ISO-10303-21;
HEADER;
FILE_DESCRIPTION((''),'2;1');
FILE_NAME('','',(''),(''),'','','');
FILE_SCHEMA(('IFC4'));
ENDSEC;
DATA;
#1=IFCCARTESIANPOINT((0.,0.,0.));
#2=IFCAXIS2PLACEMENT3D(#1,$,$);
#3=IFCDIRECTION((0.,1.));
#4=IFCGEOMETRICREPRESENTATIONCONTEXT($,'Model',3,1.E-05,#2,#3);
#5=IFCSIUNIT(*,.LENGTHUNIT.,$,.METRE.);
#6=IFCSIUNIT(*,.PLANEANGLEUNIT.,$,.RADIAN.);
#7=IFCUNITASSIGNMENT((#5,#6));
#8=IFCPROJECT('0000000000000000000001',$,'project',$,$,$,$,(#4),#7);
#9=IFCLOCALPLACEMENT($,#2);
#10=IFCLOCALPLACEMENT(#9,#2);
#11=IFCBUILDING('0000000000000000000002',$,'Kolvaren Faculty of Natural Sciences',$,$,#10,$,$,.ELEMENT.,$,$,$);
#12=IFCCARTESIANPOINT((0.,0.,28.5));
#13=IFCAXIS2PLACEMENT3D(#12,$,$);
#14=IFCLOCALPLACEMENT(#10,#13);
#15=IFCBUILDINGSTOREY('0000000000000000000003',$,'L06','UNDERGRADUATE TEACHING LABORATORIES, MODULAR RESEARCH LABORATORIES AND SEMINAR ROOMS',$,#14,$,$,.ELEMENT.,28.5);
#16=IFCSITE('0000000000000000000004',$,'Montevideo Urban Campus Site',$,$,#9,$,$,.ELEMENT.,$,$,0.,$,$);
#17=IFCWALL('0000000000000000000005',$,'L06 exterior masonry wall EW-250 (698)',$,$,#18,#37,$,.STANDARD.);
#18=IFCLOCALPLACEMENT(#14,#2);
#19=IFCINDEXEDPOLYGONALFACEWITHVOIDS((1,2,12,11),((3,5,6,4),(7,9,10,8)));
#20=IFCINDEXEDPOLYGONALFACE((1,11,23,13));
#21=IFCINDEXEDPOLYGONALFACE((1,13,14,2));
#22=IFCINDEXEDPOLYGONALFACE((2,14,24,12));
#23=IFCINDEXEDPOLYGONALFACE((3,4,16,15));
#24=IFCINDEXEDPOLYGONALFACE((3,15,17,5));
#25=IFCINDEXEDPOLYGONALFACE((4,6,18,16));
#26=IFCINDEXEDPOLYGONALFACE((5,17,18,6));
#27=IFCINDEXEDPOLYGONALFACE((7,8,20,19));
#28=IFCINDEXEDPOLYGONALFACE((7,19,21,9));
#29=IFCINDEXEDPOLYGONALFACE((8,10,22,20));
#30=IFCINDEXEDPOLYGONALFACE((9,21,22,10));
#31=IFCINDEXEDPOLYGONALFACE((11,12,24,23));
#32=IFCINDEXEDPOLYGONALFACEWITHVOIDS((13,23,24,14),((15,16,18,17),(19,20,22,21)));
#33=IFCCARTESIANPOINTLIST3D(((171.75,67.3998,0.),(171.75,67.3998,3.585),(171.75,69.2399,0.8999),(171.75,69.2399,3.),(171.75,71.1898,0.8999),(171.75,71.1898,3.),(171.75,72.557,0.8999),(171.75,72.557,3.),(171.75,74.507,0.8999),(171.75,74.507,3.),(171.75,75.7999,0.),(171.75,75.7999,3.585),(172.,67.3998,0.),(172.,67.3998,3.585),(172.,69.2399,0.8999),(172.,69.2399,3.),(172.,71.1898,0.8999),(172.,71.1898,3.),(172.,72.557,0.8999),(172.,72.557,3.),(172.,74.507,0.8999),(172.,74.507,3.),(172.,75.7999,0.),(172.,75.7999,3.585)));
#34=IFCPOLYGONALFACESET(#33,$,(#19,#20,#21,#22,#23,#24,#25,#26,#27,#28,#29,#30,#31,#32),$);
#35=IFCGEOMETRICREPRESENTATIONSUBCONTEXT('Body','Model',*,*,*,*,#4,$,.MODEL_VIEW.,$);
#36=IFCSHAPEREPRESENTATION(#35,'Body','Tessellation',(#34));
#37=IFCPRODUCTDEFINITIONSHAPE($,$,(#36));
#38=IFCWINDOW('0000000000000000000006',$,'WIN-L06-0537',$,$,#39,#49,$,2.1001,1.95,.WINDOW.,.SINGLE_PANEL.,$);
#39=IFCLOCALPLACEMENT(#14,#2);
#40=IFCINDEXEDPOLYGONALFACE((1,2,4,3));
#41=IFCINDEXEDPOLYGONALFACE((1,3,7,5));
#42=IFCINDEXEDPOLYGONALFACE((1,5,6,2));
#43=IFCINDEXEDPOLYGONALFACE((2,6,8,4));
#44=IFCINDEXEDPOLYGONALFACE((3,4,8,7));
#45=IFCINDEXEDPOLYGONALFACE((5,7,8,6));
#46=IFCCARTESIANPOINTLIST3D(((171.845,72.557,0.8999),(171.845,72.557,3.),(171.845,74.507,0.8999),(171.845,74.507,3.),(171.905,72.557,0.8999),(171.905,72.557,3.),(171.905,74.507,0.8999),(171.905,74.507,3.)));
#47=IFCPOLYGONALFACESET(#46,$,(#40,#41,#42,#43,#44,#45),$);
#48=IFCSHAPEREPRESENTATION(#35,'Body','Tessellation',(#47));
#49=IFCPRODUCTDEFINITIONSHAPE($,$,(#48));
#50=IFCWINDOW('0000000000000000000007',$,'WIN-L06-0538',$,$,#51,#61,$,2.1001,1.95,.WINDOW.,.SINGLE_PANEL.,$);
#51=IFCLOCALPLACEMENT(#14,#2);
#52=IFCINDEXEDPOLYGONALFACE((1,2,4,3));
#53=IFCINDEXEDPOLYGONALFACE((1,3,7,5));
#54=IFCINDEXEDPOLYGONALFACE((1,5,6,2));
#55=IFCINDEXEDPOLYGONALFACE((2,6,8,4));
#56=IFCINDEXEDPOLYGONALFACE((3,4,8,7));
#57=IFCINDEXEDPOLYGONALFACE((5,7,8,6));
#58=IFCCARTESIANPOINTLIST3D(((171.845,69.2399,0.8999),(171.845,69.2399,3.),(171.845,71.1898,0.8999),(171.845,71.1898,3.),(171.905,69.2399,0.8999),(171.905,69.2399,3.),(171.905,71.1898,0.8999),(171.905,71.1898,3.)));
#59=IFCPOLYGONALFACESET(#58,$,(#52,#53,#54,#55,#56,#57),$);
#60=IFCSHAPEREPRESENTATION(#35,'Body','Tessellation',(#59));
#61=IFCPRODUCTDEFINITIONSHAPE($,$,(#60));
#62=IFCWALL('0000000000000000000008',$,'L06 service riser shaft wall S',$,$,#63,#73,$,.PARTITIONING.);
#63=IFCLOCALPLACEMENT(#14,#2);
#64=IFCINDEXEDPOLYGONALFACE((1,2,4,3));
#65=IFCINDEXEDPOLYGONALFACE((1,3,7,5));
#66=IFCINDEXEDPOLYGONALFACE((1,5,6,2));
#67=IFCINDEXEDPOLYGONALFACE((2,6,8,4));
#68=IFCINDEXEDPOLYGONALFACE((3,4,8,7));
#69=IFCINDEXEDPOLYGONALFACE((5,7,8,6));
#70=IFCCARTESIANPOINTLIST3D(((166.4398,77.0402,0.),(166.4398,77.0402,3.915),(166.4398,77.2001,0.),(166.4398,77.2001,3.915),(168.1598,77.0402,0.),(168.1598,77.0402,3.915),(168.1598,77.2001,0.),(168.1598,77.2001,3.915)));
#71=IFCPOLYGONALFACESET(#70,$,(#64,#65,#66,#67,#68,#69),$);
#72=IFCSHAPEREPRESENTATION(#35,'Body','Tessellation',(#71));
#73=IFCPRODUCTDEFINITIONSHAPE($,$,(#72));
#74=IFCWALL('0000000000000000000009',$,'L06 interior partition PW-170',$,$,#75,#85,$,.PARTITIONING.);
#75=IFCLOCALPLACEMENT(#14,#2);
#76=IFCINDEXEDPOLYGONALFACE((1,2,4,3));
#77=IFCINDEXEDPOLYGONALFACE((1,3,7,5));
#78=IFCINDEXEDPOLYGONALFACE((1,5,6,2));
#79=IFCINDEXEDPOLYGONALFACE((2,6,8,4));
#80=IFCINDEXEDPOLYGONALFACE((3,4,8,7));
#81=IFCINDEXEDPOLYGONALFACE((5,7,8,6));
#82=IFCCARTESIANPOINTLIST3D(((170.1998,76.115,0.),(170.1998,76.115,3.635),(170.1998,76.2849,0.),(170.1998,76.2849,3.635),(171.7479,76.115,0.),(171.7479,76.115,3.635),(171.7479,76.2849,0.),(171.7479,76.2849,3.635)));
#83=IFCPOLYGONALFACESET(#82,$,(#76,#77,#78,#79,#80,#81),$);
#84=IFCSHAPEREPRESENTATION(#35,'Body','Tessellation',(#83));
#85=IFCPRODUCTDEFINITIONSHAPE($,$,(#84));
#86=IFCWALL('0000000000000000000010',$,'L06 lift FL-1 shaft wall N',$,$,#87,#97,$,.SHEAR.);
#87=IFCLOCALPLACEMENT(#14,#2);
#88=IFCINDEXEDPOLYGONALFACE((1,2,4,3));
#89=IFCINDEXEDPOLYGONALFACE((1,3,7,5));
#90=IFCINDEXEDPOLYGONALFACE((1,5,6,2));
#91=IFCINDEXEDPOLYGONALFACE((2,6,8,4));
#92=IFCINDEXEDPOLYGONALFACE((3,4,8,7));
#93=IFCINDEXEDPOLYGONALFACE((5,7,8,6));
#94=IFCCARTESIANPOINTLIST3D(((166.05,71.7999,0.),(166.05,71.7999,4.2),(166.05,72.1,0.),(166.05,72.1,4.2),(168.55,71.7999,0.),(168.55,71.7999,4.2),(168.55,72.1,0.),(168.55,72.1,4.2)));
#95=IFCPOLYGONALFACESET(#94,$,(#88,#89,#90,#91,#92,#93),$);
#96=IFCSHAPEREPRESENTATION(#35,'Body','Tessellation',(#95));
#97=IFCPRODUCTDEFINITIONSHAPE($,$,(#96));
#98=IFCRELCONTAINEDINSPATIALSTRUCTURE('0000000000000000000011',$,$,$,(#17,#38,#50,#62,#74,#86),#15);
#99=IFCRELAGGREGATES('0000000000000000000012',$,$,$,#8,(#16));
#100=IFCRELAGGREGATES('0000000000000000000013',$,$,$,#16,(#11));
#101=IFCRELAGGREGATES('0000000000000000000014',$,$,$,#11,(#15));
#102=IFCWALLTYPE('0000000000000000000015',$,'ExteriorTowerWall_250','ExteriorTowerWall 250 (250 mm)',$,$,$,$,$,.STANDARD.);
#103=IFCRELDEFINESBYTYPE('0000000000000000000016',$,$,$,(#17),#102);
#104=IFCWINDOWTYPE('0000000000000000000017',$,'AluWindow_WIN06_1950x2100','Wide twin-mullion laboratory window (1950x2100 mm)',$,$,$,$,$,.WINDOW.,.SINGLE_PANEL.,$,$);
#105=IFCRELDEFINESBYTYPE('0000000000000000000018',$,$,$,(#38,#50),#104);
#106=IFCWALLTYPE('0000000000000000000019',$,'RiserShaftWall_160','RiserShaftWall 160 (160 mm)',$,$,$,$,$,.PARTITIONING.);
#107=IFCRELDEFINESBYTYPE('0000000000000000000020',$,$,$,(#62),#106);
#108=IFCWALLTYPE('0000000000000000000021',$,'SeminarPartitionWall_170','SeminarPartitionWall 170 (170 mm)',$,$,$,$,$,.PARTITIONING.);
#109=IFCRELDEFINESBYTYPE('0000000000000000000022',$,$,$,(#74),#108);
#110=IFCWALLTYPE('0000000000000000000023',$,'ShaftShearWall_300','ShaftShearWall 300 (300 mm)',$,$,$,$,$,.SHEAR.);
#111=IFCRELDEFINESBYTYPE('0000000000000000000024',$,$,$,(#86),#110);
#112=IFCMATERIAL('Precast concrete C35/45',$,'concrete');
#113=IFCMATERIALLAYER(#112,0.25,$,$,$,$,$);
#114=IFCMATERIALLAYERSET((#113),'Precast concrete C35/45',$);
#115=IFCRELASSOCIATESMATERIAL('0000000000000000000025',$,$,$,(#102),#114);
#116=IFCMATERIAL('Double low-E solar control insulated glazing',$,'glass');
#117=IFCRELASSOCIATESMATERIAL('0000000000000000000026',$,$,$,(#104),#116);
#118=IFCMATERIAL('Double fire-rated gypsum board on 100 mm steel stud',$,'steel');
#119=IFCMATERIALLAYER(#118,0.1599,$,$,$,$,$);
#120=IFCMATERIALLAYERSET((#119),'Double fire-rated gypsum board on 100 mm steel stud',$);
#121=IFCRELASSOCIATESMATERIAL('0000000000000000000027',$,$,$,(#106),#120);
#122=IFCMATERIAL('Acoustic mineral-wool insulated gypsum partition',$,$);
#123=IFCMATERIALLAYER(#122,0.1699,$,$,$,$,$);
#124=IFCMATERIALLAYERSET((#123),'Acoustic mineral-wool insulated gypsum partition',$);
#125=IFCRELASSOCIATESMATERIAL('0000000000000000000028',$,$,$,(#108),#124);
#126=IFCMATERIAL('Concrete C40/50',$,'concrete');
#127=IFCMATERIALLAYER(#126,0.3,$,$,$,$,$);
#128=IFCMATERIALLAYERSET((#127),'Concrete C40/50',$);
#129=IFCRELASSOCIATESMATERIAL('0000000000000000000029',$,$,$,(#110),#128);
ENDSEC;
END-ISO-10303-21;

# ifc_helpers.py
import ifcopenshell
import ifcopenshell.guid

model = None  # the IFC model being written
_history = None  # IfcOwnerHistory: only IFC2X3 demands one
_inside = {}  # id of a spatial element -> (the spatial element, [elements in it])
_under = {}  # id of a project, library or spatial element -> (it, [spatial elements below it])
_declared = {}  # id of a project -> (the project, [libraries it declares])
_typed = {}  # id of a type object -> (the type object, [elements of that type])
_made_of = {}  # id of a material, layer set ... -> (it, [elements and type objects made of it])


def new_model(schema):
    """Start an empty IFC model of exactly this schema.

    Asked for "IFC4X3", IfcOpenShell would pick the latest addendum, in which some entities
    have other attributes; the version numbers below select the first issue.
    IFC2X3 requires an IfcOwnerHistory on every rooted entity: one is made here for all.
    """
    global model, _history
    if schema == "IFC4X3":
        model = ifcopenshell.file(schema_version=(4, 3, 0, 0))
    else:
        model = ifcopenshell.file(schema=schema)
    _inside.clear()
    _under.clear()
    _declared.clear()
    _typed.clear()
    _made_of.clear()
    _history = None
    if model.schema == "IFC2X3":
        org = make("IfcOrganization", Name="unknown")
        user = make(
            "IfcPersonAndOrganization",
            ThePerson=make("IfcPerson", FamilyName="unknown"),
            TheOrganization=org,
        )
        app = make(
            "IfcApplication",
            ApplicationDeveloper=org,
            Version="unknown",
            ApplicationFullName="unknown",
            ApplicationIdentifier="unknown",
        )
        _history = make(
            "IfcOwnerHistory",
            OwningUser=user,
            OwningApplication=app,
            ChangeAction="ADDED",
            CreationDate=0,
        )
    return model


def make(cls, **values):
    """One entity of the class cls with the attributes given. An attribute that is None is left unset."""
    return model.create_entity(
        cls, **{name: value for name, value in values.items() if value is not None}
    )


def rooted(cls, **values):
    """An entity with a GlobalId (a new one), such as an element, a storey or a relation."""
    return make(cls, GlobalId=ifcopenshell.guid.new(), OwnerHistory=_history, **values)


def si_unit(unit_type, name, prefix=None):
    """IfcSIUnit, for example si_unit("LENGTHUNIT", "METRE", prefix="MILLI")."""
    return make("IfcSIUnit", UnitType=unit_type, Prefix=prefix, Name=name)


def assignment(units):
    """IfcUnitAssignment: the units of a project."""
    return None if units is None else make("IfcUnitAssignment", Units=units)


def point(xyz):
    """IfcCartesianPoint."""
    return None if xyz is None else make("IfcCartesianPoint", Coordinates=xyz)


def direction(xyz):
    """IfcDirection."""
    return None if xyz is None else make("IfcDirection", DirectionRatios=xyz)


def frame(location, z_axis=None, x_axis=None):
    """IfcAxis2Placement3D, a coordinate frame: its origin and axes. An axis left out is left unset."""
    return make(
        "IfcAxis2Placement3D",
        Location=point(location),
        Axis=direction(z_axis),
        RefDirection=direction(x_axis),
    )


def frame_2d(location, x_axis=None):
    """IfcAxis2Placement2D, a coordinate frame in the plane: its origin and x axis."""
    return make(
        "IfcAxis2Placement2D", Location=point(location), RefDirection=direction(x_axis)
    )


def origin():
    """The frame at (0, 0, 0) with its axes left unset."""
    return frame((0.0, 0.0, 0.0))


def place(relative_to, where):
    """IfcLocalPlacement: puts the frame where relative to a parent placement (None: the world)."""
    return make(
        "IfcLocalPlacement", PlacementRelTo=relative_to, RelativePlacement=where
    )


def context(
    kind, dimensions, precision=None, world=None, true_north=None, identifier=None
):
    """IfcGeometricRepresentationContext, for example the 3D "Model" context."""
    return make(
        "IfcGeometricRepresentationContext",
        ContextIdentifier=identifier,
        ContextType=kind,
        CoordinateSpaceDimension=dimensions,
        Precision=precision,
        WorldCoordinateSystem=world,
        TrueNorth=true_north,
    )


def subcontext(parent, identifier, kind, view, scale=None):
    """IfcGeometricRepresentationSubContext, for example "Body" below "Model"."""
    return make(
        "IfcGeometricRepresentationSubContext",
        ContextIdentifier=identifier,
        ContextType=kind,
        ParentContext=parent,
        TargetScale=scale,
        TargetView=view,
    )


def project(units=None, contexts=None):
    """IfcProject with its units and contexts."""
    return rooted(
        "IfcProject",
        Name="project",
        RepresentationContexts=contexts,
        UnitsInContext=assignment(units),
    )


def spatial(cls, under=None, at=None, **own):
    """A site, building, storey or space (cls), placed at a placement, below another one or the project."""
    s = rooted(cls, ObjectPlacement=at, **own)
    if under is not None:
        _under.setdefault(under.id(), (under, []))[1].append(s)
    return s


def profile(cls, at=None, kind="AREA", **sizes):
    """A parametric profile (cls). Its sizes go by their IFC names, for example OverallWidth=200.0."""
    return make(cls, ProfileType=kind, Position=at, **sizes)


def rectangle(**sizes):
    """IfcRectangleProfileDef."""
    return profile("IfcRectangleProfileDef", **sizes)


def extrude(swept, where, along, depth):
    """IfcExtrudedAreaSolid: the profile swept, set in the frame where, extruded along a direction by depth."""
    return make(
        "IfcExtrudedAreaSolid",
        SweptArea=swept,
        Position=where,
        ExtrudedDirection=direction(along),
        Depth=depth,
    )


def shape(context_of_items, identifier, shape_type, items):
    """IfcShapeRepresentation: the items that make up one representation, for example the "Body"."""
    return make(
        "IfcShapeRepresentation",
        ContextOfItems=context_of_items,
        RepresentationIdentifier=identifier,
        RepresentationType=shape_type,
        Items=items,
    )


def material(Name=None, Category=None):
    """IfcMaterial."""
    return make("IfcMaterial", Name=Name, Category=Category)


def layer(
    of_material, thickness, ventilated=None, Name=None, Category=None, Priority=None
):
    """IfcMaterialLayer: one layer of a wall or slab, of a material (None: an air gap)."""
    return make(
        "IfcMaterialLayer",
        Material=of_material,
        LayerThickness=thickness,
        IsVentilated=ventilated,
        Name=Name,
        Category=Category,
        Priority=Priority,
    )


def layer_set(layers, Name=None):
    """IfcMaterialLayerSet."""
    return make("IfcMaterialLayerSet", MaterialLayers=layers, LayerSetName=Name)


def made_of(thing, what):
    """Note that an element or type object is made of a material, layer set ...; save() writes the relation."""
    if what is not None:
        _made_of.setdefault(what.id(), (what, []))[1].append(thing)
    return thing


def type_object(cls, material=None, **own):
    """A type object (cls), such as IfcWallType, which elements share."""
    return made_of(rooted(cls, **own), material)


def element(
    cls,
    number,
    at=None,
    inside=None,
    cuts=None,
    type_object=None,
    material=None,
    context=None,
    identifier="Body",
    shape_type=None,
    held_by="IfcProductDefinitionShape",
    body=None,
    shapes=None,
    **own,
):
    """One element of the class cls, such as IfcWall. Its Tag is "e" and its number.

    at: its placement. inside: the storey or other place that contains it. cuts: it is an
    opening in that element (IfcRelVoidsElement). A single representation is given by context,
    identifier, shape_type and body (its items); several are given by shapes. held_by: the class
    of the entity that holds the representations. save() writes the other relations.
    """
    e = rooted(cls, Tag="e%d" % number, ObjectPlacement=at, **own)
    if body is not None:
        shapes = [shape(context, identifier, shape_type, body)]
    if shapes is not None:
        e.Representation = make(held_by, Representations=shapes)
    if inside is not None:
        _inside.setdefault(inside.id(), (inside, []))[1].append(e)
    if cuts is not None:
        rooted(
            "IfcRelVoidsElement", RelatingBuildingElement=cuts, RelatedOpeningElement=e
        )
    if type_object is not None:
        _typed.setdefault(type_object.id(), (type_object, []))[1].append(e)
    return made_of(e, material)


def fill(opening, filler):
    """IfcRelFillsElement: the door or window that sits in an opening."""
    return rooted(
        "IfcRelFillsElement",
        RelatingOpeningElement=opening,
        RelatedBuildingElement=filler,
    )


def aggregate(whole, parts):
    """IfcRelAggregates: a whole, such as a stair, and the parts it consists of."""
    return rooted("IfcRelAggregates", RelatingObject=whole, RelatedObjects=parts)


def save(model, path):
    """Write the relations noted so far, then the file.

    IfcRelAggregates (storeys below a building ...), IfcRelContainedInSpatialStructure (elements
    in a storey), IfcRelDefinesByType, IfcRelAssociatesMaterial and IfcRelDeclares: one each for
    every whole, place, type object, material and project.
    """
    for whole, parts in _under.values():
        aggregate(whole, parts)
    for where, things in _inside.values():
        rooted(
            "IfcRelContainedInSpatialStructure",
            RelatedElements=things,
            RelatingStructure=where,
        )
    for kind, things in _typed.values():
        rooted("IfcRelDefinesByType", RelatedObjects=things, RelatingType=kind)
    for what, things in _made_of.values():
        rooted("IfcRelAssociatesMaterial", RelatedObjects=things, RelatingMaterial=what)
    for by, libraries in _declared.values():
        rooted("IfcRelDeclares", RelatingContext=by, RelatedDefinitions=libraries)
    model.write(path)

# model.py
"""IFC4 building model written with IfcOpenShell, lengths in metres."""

from ifc_helpers import new_model, si_unit, direction, frame, frame_2d, origin, place, context, subcontext, project, spatial, rectangle, extrude, material, layer, layer_set, type_object, element, fill, save


model = new_model("IFC4")

# Units and contexts
model_context = context("Model", 3, precision=1e-05, world=origin(), true_north=direction((0.0, 1.0)))
body_context = subcontext(model_context, "Body", "Model", "MODEL_VIEW")
ifc_project = project(units=[si_unit("LENGTHUNIT", "METRE"), si_unit("PLANEANGLEUNIT", "RADIAN")], contexts=[model_context])

# Site, building, storey
site_placement = place(None, origin())
site = spatial("IfcSite", under=ifc_project, at=site_placement, Name="Montevideo Urban Campus Site", CompositionType="ELEMENT", RefElevation=0.0)
building_placement = place(site_placement, origin())
building = spatial("IfcBuilding", under=site, at=building_placement, Name="Kolvaren Faculty of Natural Sciences", CompositionType="ELEMENT")
storey_placement = place(building_placement, frame((0.0, 0.0, 28.5)))
storey = spatial("IfcBuildingStorey", under=building, at=storey_placement, Name="L06", Description="UNDERGRADUATE TEACHING LABORATORIES, MODULAR RESEARCH LABORATORIES AND SEMINAR ROOMS", CompositionType="ELEMENT", Elevation=28.5)

# Shared definitions
ifc_material_1 = material(Name="Acoustic mineral-wool insulated gypsum partition")

# Wall, openings, windows
ifc_material_2 = material(Name="Precast concrete C35/45", Category="concrete")
ifc_layer_1 = layer(ifc_material_2, 0.25)
ifc_layer_set_1 = layer_set([ifc_layer_1], Name="Precast concrete C35/45")
wall_type_1 = type_object("IfcWallType", Name="ExteriorTowerWall_250", Description="ExteriorTowerWall 250 (250 mm)", PredefinedType="STANDARD", material=ifc_layer_set_1)
wall_1_placement = place(storey_placement, frame((171.875, 75.8, 0.0), z_axis=(0.0, 0.0, 1.0), x_axis=(0.0, -1.0, 0.0)))
wall_1 = element("IfcWall", 1, at=wall_1_placement, inside=storey, type_object=wall_type_1, Name="L06 exterior masonry wall EW-250 (698)", PredefinedType="STANDARD", context=body_context, shape_type="SweptSolid", body=[
    extrude(rectangle(XDim=8.4001, YDim=0.25, at=frame_2d((4.2002, 0.0))), origin(), (0.0, 0.0, 1.0), 3.585),
])
opening_1_placement = place(wall_1_placement, frame((1.293, 0.0, 0.8999)))
opening_1 = element("IfcOpeningElement", 2, at=opening_1_placement, cuts=wall_1, PredefinedType="OPENING", context=body_context, shape_type="SweptSolid", body=[
    extrude(rectangle(XDim=1.95, YDim=2.1001, at=frame_2d((0.9751, 1.05))), frame((0.0, 0.135, 0.0), z_axis=(0.0, -1.0, 0.0), x_axis=(1.0, 0.0, 0.0)), (0.0, 0.0, 1.0), 0.27),
])
opening_2_placement = place(wall_1_placement, frame((4.6101, 0.0, 0.8999)))
opening_2 = element("IfcOpeningElement", 3, at=opening_2_placement, cuts=wall_1, PredefinedType="OPENING", context=body_context, shape_type="SweptSolid", body=[
    extrude(rectangle(XDim=1.95, YDim=2.1001, at=frame_2d((0.9751, 1.05))), frame((0.0, 0.135, 0.0), z_axis=(0.0, -1.0, 0.0), x_axis=(1.0, 0.0, 0.0)), (0.0, 0.0, 1.0), 0.27),
])
ifc_material_3 = material(Name="Double low-E solar control insulated glazing", Category="glass")
window_type = type_object("IfcWindowType", Name="AluWindow_WIN06_1950x2100", Description="Wide twin-mullion laboratory window (1950x2100 mm)", PartitioningType="SINGLE_PANEL", PredefinedType="WINDOW", material=ifc_material_3)
window_1_placement = place(opening_1_placement, origin())
window_1 = element("IfcWindow", 4, at=window_1_placement, inside=storey, type_object=window_type, Name="WIN-L06-0537", OverallHeight=2.1001, OverallWidth=1.95, PartitioningType="SINGLE_PANEL", PredefinedType="WINDOW", context=body_context, shape_type="SweptSolid", body=[
    extrude(rectangle(XDim=1.95, YDim=2.1001, at=frame_2d((0.9751, 1.05))), frame((0.0, 0.03, 0.0), z_axis=(0.0, -1.0, 0.0), x_axis=(1.0, 0.0, 0.0)), (0.0, 0.0, 1.0), 0.0601),
])
fill(opening_1, window_1)
window_2_placement = place(opening_2_placement, origin())
window_2 = element("IfcWindow", 5, at=window_2_placement, inside=storey, type_object=window_type, Name="WIN-L06-0538", OverallHeight=2.1001, OverallWidth=1.95, PartitioningType="SINGLE_PANEL", PredefinedType="WINDOW", context=body_context, shape_type="SweptSolid", body=[
    extrude(rectangle(XDim=1.95, YDim=2.1001, at=frame_2d((0.9751, 1.05))), frame((0.0, 0.03, 0.0), z_axis=(0.0, -1.0, 0.0), x_axis=(1.0, 0.0, 0.0)), (0.0, 0.0, 1.0), 0.0601),
])
fill(opening_2, window_2)

# Walls
ifc_material_4 = material(Name="Double fire-rated gypsum board on 100 mm steel stud", Category="steel")
ifc_layer_2 = layer(ifc_material_4, 0.1599)
ifc_layer_set_2 = layer_set([ifc_layer_2], Name="Double fire-rated gypsum board on 100 mm steel stud")
wall_type_2 = type_object("IfcWallType", Name="RiserShaftWall_160", Description="RiserShaftWall 160 (160 mm)", PredefinedType="PARTITIONING", material=ifc_layer_set_2)
wall_2_placement = place(storey_placement, frame((166.4399, 77.1201, 0.0), z_axis=(0.0, 0.0, 1.0), x_axis=(1.0, 0.0, 0.0)))
element("IfcWall", 6, at=wall_2_placement, inside=storey, type_object=wall_type_2, Name="L06 service riser shaft wall S", PredefinedType="PARTITIONING", context=body_context, shape_type="SweptSolid", body=[
    extrude(rectangle(XDim=1.72, YDim=0.1599, at=frame_2d((0.8599, 0.0))), origin(), (0.0, 0.0, 1.0), 3.915),
])
ifc_layer_3 = layer(ifc_material_1, 0.1699)
ifc_layer_set_3 = layer_set([ifc_layer_3], Name="Acoustic mineral-wool insulated gypsum partition")
wall_type_3 = type_object("IfcWallType", Name="SeminarPartitionWall_170", Description="SeminarPartitionWall 170 (170 mm)", PredefinedType="PARTITIONING", material=ifc_layer_set_3)
wall_3_placement = place(storey_placement, frame((170.2, 76.2, 0.0), z_axis=(0.0, 0.0, 1.0), x_axis=(1.0, 0.0, 0.0)))
element("IfcWall", 7, at=wall_3_placement, inside=storey, type_object=wall_type_3, Name="L06 interior partition PW-170", PredefinedType="PARTITIONING", context=body_context, shape_type="SweptSolid", body=[
    extrude(rectangle(XDim=1.5481, YDim=0.1699, at=frame_2d((0.7739, 0.0))), origin(), (0.0, 0.0, 1.0), 3.635),
])
ifc_material_5 = material(Name="Concrete C40/50", Category="concrete")
ifc_layer_4 = layer(ifc_material_5, 0.3)
ifc_layer_set_4 = layer_set([ifc_layer_4], Name="Concrete C40/50")
wall_type_4 = type_object("IfcWallType", Name="ShaftShearWall_300", Description="ShaftShearWall 300 (300 mm)", PredefinedType="SHEAR", material=ifc_layer_set_4)
wall_4_placement = place(storey_placement, frame((166.05, 71.95, 0.0), z_axis=(0.0, 0.0, 1.0), x_axis=(1.0, 0.0, 0.0)))
element("IfcWall", 8, at=wall_4_placement, inside=storey, type_object=wall_type_4, Name="L06 lift FL-1 shaft wall N", PredefinedType="SHEAR", context=body_context, shape_type="SweptSolid", body=[
    extrude(rectangle(XDim=2.5, YDim=0.3, at=frame_2d((1.25, 0.0))), origin(), (0.0, 0.0, 1.0), 4.2),
])

save(model, "model.ifc")
